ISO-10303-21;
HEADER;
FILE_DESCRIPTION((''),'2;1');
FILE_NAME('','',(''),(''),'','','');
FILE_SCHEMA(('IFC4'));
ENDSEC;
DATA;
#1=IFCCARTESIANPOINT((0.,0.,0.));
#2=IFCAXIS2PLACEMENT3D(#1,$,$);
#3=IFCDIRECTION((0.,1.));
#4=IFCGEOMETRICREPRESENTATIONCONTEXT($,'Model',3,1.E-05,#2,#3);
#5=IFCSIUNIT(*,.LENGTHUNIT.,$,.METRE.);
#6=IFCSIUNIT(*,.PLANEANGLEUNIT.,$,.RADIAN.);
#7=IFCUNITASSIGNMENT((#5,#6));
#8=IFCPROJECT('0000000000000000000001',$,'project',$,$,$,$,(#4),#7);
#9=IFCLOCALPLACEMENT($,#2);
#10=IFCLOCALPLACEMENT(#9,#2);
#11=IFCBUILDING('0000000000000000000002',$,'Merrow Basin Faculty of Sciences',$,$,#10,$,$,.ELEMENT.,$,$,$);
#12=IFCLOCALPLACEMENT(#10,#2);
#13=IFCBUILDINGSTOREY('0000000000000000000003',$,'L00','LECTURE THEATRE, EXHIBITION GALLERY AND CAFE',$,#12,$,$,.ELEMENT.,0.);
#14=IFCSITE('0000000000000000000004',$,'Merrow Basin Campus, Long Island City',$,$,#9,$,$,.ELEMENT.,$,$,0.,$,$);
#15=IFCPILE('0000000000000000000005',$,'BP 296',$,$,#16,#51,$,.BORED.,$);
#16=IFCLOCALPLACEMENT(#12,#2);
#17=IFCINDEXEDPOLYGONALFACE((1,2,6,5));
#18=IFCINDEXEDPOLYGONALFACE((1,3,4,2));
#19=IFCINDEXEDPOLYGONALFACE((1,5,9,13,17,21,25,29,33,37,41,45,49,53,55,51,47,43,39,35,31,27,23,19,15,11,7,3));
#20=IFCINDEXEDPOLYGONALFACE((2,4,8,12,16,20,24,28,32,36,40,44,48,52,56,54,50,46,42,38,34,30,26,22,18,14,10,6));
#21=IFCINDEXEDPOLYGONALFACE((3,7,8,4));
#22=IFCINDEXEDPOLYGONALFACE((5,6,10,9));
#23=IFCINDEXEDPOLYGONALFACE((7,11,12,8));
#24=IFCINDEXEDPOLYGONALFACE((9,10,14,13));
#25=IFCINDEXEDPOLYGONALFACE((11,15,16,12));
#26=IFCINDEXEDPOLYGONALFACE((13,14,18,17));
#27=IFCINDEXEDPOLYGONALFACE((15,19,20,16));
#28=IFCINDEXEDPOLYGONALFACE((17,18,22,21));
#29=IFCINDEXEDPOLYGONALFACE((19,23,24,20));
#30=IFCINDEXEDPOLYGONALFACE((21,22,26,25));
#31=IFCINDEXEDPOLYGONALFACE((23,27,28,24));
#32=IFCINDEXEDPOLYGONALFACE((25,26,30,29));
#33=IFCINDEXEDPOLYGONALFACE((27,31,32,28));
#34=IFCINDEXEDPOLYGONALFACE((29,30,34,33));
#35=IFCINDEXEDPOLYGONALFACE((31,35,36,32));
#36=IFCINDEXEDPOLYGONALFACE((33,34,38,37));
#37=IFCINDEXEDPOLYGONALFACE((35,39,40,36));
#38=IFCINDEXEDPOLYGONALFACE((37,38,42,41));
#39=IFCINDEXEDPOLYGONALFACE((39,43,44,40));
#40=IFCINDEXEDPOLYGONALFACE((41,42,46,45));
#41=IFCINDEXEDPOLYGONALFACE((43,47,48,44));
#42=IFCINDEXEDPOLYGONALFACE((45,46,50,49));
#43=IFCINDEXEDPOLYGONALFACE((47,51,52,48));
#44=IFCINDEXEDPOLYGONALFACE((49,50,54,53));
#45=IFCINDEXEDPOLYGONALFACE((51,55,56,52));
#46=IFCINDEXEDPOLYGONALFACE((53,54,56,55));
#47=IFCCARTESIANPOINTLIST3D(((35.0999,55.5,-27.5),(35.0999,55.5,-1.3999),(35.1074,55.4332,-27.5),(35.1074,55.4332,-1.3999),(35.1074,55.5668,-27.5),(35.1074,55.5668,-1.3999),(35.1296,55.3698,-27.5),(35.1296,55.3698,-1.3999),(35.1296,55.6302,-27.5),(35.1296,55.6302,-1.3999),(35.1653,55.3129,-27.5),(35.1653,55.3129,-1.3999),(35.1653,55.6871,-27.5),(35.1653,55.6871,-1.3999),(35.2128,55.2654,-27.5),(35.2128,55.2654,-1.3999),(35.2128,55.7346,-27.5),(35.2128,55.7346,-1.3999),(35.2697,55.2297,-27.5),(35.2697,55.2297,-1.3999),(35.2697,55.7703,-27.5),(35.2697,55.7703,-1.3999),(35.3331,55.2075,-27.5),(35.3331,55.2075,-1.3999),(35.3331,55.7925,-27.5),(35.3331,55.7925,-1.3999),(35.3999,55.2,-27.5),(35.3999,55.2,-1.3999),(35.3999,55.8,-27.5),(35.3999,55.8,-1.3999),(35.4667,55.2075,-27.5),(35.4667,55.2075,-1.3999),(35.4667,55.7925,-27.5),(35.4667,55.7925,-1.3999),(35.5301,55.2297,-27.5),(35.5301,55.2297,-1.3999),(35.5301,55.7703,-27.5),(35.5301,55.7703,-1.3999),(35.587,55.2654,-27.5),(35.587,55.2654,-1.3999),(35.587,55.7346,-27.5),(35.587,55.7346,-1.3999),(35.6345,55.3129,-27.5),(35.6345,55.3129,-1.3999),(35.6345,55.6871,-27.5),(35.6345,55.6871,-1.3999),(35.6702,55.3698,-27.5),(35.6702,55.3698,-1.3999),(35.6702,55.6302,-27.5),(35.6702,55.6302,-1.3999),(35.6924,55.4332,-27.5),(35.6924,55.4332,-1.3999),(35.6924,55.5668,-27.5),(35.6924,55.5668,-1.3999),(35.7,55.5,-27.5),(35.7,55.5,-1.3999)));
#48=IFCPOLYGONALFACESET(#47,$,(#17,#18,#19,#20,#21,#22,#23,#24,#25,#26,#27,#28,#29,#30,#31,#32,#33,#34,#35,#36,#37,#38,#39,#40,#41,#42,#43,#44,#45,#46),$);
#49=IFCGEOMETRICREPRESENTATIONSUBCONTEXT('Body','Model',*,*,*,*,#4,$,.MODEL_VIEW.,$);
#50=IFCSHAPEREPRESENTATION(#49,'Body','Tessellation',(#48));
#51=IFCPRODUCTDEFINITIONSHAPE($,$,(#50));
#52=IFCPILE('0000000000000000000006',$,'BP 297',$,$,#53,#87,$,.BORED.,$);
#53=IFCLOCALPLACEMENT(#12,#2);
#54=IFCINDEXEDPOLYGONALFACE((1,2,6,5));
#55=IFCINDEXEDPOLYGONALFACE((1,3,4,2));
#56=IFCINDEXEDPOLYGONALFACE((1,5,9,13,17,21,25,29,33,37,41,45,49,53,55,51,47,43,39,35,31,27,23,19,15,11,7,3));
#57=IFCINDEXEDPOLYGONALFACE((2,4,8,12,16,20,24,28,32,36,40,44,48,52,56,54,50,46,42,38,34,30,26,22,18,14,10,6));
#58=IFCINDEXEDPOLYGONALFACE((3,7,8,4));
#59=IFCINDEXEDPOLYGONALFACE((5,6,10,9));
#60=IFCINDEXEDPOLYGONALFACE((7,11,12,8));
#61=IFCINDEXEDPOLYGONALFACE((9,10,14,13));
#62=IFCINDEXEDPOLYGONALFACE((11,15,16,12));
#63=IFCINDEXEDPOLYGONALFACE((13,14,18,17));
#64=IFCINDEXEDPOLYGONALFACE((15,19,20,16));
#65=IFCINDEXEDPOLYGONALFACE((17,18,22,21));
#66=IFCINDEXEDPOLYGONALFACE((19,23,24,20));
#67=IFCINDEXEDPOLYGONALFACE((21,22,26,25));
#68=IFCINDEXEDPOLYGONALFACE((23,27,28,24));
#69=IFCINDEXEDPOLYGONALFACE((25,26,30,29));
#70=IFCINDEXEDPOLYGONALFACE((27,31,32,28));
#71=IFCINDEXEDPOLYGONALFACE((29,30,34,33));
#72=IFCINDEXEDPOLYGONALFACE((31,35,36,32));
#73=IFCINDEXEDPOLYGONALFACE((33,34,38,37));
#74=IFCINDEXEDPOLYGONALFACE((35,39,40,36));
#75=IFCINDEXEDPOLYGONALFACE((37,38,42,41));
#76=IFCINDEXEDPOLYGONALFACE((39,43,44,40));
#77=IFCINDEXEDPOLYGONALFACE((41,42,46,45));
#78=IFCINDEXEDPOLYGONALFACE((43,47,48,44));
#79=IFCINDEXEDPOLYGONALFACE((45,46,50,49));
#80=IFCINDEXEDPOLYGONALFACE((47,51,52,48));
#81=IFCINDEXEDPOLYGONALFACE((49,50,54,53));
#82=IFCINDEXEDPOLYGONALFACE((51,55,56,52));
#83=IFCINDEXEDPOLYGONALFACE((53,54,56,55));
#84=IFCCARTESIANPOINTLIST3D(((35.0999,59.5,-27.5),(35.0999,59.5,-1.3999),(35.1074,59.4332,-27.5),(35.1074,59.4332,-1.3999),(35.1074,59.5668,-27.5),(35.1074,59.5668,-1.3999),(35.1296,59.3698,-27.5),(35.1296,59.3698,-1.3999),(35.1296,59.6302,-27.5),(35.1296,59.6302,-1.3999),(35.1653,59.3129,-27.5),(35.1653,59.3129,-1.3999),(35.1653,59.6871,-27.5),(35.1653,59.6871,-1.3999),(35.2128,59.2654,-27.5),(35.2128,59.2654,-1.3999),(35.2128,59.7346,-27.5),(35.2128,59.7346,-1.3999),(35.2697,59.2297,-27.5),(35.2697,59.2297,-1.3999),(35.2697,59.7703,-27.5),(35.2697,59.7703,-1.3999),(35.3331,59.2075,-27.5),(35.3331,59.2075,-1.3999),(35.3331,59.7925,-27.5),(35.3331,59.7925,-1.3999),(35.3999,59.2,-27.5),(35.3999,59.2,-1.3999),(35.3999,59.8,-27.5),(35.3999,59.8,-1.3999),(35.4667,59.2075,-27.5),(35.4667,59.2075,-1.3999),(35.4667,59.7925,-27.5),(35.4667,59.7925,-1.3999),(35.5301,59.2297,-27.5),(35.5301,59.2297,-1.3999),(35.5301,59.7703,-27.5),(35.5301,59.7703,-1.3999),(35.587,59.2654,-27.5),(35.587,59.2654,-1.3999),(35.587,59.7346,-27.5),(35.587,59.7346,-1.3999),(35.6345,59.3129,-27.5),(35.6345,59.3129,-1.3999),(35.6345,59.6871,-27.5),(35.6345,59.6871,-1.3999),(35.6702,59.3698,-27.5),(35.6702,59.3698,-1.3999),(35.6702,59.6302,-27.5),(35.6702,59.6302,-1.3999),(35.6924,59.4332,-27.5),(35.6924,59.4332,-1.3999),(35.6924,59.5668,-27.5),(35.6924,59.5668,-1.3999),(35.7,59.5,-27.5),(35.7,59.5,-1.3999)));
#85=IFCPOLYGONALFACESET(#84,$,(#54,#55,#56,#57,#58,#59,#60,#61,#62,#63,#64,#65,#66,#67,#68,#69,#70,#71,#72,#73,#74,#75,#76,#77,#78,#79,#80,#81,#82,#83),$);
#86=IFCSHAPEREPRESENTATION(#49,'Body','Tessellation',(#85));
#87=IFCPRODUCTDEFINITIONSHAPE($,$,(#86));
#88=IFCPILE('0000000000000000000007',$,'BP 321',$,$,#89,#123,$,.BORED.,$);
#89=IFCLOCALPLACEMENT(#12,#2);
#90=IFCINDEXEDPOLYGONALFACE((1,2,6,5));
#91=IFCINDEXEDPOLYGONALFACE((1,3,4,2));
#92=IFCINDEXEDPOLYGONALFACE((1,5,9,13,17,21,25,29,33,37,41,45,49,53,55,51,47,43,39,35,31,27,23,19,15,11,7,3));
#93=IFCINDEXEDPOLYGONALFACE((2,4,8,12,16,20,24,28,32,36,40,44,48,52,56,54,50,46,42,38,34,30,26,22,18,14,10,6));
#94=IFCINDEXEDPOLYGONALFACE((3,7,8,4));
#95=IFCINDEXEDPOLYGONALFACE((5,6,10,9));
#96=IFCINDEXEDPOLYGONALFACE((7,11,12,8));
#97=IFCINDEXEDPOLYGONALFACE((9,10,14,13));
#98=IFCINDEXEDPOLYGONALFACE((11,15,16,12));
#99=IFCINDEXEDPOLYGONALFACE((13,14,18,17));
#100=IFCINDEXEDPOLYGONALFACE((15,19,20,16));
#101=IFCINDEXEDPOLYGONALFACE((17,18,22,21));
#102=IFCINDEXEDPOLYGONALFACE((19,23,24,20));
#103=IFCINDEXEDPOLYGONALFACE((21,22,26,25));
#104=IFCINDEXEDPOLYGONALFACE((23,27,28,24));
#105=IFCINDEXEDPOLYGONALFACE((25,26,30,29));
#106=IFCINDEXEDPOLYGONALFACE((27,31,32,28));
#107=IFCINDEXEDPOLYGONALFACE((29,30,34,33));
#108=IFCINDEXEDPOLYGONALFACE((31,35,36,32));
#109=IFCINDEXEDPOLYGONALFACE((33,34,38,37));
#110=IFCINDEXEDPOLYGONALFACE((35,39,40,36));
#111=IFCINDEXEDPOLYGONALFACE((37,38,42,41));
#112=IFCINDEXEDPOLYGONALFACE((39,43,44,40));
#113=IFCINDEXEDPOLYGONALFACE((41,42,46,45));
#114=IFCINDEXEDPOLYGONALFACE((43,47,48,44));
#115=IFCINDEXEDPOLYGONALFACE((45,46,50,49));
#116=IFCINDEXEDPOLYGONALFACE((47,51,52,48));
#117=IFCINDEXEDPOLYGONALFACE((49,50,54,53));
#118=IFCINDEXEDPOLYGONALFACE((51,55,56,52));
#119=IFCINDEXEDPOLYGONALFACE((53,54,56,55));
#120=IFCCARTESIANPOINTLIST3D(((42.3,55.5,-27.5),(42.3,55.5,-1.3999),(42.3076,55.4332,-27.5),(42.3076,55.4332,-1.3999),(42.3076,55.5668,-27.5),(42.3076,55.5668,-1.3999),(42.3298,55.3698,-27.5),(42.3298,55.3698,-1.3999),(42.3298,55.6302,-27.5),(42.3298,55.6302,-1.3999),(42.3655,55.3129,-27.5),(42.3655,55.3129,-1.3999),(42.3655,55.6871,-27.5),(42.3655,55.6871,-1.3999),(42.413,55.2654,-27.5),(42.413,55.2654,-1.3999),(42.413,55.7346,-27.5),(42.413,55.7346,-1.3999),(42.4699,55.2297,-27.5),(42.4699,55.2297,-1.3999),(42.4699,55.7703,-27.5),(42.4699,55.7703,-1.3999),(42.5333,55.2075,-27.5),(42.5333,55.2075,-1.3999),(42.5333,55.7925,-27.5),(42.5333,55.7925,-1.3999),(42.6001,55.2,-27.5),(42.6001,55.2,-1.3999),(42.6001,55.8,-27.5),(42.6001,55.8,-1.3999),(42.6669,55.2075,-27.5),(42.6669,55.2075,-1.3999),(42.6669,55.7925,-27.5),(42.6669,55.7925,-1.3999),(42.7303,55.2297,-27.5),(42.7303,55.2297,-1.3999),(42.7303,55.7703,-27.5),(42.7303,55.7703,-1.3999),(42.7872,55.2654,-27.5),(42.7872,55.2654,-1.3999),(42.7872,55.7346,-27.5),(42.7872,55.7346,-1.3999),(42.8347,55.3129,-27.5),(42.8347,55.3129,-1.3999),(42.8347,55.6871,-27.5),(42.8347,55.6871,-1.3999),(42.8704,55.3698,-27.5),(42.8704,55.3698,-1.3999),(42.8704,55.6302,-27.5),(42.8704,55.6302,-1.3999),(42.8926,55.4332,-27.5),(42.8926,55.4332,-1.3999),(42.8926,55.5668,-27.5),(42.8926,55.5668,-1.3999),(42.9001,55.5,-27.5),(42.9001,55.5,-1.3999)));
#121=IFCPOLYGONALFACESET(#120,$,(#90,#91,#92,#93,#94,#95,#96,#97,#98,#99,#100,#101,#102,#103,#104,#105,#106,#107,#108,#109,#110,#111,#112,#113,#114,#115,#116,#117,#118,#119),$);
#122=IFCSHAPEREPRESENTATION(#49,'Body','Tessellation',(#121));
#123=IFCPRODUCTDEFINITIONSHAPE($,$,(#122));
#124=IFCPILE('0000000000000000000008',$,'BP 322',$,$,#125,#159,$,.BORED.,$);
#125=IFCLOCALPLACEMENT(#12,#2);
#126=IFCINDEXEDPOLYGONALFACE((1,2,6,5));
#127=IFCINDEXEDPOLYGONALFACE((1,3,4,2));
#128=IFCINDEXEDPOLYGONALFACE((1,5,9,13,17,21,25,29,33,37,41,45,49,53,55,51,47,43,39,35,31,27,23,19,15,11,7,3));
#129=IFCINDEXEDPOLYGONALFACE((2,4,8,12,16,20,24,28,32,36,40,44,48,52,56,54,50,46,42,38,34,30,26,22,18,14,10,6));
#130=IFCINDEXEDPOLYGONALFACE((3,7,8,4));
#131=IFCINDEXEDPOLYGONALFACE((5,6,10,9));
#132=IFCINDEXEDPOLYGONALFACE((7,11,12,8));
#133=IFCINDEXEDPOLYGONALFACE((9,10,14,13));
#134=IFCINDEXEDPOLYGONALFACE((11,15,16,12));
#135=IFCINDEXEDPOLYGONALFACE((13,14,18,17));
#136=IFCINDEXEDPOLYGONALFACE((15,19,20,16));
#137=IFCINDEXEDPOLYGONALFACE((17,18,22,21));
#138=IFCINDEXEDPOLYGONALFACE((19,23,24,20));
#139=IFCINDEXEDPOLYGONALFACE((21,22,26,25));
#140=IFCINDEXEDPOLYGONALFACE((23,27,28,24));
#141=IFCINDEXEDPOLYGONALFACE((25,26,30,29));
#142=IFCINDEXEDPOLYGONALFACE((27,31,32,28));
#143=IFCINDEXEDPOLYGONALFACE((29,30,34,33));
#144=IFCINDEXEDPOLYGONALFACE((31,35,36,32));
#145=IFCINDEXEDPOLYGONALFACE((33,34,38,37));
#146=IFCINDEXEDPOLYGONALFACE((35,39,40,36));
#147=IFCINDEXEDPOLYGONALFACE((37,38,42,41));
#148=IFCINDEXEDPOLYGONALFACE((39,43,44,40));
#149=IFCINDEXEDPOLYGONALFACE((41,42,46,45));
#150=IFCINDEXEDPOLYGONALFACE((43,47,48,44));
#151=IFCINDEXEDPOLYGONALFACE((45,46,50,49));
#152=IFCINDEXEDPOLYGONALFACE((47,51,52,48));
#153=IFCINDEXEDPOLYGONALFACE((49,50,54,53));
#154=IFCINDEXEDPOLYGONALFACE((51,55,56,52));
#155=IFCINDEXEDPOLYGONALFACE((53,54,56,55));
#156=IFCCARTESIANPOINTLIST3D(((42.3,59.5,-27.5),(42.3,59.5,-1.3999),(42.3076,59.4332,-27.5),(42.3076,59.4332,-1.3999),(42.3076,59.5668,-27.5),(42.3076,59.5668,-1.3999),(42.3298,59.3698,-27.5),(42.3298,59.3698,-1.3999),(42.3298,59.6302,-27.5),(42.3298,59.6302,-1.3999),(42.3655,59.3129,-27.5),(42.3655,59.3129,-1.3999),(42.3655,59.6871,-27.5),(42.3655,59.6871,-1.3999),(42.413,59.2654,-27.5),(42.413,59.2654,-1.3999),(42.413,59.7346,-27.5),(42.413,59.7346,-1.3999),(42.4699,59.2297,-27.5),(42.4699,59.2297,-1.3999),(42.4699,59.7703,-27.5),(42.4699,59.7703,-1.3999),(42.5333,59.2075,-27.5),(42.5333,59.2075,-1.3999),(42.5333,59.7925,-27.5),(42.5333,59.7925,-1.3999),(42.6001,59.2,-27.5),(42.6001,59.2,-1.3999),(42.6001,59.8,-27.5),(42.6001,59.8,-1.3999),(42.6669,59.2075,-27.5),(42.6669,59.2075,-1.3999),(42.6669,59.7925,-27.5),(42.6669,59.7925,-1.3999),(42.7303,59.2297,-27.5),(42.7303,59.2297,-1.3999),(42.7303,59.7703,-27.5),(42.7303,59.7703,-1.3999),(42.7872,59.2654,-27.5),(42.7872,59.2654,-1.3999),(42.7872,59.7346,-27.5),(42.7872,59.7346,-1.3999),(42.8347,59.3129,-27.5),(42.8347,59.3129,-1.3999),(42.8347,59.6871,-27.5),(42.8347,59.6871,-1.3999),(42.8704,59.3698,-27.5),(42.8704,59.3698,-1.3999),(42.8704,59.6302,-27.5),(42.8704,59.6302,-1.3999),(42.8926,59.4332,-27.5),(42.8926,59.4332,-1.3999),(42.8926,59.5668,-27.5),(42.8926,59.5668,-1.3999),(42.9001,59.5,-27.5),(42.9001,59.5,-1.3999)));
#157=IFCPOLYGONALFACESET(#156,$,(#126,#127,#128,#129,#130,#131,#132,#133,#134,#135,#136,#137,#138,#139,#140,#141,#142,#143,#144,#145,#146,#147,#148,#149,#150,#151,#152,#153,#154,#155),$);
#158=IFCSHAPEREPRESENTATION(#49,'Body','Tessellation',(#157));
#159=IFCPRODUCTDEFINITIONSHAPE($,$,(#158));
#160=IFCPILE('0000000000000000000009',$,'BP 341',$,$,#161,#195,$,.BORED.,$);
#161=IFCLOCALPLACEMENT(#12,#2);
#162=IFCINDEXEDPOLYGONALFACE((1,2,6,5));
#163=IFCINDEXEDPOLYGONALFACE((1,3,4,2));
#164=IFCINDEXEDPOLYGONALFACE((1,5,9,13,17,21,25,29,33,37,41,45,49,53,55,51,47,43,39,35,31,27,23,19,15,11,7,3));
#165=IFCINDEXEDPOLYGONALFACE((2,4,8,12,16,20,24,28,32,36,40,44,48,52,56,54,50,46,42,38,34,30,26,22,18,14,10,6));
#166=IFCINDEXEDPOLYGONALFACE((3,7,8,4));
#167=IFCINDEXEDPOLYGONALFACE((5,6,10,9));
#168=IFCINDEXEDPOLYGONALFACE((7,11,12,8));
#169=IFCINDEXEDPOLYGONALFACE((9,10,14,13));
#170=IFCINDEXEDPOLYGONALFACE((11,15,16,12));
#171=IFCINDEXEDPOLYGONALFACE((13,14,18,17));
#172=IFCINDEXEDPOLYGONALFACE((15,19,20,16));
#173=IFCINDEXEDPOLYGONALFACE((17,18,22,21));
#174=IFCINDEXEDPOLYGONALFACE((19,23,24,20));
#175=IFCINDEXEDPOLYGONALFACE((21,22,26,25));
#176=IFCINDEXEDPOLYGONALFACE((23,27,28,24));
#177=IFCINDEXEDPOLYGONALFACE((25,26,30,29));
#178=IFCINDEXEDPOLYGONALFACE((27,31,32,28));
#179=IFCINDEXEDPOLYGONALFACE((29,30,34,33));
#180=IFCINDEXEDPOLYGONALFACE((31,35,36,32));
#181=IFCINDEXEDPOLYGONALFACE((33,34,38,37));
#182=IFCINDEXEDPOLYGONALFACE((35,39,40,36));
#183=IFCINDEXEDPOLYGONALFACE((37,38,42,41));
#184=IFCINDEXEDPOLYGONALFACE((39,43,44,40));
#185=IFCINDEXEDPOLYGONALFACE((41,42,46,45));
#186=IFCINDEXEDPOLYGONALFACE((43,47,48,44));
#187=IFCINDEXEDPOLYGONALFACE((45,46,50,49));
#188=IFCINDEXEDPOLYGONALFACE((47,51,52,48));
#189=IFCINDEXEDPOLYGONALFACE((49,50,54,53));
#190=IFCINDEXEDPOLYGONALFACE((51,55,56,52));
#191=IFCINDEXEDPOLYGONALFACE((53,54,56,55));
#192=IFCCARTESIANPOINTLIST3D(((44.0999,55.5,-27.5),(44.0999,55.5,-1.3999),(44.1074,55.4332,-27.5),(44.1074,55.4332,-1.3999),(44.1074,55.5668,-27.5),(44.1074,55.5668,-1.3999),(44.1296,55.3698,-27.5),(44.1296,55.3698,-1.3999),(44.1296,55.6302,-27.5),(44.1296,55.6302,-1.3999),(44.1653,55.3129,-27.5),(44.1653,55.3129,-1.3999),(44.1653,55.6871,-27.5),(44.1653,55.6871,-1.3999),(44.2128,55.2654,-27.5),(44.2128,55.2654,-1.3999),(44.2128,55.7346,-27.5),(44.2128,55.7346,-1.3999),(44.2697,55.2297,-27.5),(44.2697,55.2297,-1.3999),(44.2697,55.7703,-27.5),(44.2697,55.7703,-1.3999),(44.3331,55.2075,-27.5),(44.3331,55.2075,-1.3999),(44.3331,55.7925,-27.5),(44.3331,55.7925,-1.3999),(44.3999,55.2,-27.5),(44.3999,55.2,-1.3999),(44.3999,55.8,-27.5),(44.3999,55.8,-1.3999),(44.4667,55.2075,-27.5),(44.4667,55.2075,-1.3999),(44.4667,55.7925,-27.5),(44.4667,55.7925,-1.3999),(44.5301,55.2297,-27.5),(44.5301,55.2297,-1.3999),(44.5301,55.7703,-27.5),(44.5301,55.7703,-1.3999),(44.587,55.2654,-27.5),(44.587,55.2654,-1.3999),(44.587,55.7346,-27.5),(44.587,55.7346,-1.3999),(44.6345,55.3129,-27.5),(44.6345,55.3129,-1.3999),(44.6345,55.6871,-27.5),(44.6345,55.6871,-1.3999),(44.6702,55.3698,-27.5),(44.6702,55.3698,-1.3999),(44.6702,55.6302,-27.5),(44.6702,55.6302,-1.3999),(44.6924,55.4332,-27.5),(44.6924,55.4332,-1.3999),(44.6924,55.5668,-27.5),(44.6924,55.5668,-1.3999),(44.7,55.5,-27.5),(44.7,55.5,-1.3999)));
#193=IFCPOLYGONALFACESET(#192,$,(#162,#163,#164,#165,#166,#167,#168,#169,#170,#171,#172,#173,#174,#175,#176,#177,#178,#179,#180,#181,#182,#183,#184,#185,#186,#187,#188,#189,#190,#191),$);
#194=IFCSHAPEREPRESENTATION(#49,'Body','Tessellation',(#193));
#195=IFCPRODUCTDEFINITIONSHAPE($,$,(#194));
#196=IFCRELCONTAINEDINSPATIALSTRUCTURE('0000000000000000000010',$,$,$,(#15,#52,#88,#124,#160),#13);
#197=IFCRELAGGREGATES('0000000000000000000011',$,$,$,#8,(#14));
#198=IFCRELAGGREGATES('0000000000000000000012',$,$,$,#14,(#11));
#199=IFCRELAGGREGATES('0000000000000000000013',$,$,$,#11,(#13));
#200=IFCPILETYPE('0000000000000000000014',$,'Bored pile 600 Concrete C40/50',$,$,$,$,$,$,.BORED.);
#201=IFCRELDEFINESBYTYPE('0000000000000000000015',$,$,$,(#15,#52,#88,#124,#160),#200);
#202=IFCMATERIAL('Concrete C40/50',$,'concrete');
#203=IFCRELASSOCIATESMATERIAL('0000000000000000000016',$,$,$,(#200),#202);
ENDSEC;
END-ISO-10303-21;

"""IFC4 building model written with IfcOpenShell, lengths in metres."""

from ifc_helpers import new_model, si_unit, direction, frame, origin, origin_2d, place, context, subcontext, project, spatial, circle, extrude, material, material_profile, profile_set, type_object, element, save


model = new_model("IFC4")

# Units and contexts
model_context = context("Model", 3, precision=1e-05, world=origin(), true_north=direction((0.0, 1.0)))
body_context = subcontext(model_context, "Body", "Model", "MODEL_VIEW")
ifc_project = project(units=[si_unit("LENGTHUNIT", "METRE"), si_unit("PLANEANGLEUNIT", "RADIAN")], contexts=[model_context])

# Site, building, storey
site_placement = place(None, origin())
site = spatial("IfcSite", under=ifc_project, at=site_placement, Name="Merrow Basin Campus, Long Island City", CompositionType="ELEMENT", RefElevation=0.0)
building_placement = place(site_placement, origin())
building = spatial("IfcBuilding", under=site, at=building_placement, Name="Merrow Basin Faculty of Sciences", CompositionType="ELEMENT")
storey_placement = place(building_placement, origin())
storey = spatial("IfcBuildingStorey", under=building, at=storey_placement, Name="L00", Description="LECTURE THEATRE, EXHIBITION GALLERY AND CAFE", CompositionType="ELEMENT", Elevation=0.0)

# Piles
ifc_material_1 = material(Name="Concrete C40/50", Category="concrete")
ifc_material_profile_1 = material_profile(ifc_material_1, circle(Radius=0.3, at=origin_2d()))
ifc_profile_set_1 = profile_set([ifc_material_profile_1], Name="Concrete C40/50")
pile_type_1 = type_object("IfcPileType", Name="Bored pile 600 Concrete C40/50", PredefinedType="BORED", material=ifc_profile_set_1)
for number, where, z_axis, x_axis, name in (
    (1, (35.3999, 55.5, -1.3999), (0.0, 0.0, -1.0), (1.0, 0.0, 0.0), "BP 296"),
    (2, (35.3999, 59.5, -1.3999), (0.0, 0.0, -1.0), (1.0, 0.0, 0.0), "BP 297"),
    (3, (42.6001, 55.5, -1.3999), (0.0, 0.0, -1.0), (1.0, 0.0, 0.0), "BP 321"),
    (4, (42.6001, 59.5, -1.3999), (0.0, 0.0, -1.0), (1.0, 0.0, 0.0), "BP 322"),
    (5, (44.3999, 55.5, -1.3999), (0.0, 0.0, -1.0), (1.0, 0.0, 0.0), "BP 341"),
):
    element("IfcPile", number, at=place(storey_placement, frame(where, z_axis=z_axis, x_axis=x_axis)), inside=storey, type_object=pile_type_1, Name=name, PredefinedType="BORED", context=body_context, shape_type="SweptSolid", body=[
        extrude(circle(Radius=0.3, at=origin_2d()), origin(), (0.0, 0.0, 1.0), 26.1001),
    ])

save(model, "model.ifc")
